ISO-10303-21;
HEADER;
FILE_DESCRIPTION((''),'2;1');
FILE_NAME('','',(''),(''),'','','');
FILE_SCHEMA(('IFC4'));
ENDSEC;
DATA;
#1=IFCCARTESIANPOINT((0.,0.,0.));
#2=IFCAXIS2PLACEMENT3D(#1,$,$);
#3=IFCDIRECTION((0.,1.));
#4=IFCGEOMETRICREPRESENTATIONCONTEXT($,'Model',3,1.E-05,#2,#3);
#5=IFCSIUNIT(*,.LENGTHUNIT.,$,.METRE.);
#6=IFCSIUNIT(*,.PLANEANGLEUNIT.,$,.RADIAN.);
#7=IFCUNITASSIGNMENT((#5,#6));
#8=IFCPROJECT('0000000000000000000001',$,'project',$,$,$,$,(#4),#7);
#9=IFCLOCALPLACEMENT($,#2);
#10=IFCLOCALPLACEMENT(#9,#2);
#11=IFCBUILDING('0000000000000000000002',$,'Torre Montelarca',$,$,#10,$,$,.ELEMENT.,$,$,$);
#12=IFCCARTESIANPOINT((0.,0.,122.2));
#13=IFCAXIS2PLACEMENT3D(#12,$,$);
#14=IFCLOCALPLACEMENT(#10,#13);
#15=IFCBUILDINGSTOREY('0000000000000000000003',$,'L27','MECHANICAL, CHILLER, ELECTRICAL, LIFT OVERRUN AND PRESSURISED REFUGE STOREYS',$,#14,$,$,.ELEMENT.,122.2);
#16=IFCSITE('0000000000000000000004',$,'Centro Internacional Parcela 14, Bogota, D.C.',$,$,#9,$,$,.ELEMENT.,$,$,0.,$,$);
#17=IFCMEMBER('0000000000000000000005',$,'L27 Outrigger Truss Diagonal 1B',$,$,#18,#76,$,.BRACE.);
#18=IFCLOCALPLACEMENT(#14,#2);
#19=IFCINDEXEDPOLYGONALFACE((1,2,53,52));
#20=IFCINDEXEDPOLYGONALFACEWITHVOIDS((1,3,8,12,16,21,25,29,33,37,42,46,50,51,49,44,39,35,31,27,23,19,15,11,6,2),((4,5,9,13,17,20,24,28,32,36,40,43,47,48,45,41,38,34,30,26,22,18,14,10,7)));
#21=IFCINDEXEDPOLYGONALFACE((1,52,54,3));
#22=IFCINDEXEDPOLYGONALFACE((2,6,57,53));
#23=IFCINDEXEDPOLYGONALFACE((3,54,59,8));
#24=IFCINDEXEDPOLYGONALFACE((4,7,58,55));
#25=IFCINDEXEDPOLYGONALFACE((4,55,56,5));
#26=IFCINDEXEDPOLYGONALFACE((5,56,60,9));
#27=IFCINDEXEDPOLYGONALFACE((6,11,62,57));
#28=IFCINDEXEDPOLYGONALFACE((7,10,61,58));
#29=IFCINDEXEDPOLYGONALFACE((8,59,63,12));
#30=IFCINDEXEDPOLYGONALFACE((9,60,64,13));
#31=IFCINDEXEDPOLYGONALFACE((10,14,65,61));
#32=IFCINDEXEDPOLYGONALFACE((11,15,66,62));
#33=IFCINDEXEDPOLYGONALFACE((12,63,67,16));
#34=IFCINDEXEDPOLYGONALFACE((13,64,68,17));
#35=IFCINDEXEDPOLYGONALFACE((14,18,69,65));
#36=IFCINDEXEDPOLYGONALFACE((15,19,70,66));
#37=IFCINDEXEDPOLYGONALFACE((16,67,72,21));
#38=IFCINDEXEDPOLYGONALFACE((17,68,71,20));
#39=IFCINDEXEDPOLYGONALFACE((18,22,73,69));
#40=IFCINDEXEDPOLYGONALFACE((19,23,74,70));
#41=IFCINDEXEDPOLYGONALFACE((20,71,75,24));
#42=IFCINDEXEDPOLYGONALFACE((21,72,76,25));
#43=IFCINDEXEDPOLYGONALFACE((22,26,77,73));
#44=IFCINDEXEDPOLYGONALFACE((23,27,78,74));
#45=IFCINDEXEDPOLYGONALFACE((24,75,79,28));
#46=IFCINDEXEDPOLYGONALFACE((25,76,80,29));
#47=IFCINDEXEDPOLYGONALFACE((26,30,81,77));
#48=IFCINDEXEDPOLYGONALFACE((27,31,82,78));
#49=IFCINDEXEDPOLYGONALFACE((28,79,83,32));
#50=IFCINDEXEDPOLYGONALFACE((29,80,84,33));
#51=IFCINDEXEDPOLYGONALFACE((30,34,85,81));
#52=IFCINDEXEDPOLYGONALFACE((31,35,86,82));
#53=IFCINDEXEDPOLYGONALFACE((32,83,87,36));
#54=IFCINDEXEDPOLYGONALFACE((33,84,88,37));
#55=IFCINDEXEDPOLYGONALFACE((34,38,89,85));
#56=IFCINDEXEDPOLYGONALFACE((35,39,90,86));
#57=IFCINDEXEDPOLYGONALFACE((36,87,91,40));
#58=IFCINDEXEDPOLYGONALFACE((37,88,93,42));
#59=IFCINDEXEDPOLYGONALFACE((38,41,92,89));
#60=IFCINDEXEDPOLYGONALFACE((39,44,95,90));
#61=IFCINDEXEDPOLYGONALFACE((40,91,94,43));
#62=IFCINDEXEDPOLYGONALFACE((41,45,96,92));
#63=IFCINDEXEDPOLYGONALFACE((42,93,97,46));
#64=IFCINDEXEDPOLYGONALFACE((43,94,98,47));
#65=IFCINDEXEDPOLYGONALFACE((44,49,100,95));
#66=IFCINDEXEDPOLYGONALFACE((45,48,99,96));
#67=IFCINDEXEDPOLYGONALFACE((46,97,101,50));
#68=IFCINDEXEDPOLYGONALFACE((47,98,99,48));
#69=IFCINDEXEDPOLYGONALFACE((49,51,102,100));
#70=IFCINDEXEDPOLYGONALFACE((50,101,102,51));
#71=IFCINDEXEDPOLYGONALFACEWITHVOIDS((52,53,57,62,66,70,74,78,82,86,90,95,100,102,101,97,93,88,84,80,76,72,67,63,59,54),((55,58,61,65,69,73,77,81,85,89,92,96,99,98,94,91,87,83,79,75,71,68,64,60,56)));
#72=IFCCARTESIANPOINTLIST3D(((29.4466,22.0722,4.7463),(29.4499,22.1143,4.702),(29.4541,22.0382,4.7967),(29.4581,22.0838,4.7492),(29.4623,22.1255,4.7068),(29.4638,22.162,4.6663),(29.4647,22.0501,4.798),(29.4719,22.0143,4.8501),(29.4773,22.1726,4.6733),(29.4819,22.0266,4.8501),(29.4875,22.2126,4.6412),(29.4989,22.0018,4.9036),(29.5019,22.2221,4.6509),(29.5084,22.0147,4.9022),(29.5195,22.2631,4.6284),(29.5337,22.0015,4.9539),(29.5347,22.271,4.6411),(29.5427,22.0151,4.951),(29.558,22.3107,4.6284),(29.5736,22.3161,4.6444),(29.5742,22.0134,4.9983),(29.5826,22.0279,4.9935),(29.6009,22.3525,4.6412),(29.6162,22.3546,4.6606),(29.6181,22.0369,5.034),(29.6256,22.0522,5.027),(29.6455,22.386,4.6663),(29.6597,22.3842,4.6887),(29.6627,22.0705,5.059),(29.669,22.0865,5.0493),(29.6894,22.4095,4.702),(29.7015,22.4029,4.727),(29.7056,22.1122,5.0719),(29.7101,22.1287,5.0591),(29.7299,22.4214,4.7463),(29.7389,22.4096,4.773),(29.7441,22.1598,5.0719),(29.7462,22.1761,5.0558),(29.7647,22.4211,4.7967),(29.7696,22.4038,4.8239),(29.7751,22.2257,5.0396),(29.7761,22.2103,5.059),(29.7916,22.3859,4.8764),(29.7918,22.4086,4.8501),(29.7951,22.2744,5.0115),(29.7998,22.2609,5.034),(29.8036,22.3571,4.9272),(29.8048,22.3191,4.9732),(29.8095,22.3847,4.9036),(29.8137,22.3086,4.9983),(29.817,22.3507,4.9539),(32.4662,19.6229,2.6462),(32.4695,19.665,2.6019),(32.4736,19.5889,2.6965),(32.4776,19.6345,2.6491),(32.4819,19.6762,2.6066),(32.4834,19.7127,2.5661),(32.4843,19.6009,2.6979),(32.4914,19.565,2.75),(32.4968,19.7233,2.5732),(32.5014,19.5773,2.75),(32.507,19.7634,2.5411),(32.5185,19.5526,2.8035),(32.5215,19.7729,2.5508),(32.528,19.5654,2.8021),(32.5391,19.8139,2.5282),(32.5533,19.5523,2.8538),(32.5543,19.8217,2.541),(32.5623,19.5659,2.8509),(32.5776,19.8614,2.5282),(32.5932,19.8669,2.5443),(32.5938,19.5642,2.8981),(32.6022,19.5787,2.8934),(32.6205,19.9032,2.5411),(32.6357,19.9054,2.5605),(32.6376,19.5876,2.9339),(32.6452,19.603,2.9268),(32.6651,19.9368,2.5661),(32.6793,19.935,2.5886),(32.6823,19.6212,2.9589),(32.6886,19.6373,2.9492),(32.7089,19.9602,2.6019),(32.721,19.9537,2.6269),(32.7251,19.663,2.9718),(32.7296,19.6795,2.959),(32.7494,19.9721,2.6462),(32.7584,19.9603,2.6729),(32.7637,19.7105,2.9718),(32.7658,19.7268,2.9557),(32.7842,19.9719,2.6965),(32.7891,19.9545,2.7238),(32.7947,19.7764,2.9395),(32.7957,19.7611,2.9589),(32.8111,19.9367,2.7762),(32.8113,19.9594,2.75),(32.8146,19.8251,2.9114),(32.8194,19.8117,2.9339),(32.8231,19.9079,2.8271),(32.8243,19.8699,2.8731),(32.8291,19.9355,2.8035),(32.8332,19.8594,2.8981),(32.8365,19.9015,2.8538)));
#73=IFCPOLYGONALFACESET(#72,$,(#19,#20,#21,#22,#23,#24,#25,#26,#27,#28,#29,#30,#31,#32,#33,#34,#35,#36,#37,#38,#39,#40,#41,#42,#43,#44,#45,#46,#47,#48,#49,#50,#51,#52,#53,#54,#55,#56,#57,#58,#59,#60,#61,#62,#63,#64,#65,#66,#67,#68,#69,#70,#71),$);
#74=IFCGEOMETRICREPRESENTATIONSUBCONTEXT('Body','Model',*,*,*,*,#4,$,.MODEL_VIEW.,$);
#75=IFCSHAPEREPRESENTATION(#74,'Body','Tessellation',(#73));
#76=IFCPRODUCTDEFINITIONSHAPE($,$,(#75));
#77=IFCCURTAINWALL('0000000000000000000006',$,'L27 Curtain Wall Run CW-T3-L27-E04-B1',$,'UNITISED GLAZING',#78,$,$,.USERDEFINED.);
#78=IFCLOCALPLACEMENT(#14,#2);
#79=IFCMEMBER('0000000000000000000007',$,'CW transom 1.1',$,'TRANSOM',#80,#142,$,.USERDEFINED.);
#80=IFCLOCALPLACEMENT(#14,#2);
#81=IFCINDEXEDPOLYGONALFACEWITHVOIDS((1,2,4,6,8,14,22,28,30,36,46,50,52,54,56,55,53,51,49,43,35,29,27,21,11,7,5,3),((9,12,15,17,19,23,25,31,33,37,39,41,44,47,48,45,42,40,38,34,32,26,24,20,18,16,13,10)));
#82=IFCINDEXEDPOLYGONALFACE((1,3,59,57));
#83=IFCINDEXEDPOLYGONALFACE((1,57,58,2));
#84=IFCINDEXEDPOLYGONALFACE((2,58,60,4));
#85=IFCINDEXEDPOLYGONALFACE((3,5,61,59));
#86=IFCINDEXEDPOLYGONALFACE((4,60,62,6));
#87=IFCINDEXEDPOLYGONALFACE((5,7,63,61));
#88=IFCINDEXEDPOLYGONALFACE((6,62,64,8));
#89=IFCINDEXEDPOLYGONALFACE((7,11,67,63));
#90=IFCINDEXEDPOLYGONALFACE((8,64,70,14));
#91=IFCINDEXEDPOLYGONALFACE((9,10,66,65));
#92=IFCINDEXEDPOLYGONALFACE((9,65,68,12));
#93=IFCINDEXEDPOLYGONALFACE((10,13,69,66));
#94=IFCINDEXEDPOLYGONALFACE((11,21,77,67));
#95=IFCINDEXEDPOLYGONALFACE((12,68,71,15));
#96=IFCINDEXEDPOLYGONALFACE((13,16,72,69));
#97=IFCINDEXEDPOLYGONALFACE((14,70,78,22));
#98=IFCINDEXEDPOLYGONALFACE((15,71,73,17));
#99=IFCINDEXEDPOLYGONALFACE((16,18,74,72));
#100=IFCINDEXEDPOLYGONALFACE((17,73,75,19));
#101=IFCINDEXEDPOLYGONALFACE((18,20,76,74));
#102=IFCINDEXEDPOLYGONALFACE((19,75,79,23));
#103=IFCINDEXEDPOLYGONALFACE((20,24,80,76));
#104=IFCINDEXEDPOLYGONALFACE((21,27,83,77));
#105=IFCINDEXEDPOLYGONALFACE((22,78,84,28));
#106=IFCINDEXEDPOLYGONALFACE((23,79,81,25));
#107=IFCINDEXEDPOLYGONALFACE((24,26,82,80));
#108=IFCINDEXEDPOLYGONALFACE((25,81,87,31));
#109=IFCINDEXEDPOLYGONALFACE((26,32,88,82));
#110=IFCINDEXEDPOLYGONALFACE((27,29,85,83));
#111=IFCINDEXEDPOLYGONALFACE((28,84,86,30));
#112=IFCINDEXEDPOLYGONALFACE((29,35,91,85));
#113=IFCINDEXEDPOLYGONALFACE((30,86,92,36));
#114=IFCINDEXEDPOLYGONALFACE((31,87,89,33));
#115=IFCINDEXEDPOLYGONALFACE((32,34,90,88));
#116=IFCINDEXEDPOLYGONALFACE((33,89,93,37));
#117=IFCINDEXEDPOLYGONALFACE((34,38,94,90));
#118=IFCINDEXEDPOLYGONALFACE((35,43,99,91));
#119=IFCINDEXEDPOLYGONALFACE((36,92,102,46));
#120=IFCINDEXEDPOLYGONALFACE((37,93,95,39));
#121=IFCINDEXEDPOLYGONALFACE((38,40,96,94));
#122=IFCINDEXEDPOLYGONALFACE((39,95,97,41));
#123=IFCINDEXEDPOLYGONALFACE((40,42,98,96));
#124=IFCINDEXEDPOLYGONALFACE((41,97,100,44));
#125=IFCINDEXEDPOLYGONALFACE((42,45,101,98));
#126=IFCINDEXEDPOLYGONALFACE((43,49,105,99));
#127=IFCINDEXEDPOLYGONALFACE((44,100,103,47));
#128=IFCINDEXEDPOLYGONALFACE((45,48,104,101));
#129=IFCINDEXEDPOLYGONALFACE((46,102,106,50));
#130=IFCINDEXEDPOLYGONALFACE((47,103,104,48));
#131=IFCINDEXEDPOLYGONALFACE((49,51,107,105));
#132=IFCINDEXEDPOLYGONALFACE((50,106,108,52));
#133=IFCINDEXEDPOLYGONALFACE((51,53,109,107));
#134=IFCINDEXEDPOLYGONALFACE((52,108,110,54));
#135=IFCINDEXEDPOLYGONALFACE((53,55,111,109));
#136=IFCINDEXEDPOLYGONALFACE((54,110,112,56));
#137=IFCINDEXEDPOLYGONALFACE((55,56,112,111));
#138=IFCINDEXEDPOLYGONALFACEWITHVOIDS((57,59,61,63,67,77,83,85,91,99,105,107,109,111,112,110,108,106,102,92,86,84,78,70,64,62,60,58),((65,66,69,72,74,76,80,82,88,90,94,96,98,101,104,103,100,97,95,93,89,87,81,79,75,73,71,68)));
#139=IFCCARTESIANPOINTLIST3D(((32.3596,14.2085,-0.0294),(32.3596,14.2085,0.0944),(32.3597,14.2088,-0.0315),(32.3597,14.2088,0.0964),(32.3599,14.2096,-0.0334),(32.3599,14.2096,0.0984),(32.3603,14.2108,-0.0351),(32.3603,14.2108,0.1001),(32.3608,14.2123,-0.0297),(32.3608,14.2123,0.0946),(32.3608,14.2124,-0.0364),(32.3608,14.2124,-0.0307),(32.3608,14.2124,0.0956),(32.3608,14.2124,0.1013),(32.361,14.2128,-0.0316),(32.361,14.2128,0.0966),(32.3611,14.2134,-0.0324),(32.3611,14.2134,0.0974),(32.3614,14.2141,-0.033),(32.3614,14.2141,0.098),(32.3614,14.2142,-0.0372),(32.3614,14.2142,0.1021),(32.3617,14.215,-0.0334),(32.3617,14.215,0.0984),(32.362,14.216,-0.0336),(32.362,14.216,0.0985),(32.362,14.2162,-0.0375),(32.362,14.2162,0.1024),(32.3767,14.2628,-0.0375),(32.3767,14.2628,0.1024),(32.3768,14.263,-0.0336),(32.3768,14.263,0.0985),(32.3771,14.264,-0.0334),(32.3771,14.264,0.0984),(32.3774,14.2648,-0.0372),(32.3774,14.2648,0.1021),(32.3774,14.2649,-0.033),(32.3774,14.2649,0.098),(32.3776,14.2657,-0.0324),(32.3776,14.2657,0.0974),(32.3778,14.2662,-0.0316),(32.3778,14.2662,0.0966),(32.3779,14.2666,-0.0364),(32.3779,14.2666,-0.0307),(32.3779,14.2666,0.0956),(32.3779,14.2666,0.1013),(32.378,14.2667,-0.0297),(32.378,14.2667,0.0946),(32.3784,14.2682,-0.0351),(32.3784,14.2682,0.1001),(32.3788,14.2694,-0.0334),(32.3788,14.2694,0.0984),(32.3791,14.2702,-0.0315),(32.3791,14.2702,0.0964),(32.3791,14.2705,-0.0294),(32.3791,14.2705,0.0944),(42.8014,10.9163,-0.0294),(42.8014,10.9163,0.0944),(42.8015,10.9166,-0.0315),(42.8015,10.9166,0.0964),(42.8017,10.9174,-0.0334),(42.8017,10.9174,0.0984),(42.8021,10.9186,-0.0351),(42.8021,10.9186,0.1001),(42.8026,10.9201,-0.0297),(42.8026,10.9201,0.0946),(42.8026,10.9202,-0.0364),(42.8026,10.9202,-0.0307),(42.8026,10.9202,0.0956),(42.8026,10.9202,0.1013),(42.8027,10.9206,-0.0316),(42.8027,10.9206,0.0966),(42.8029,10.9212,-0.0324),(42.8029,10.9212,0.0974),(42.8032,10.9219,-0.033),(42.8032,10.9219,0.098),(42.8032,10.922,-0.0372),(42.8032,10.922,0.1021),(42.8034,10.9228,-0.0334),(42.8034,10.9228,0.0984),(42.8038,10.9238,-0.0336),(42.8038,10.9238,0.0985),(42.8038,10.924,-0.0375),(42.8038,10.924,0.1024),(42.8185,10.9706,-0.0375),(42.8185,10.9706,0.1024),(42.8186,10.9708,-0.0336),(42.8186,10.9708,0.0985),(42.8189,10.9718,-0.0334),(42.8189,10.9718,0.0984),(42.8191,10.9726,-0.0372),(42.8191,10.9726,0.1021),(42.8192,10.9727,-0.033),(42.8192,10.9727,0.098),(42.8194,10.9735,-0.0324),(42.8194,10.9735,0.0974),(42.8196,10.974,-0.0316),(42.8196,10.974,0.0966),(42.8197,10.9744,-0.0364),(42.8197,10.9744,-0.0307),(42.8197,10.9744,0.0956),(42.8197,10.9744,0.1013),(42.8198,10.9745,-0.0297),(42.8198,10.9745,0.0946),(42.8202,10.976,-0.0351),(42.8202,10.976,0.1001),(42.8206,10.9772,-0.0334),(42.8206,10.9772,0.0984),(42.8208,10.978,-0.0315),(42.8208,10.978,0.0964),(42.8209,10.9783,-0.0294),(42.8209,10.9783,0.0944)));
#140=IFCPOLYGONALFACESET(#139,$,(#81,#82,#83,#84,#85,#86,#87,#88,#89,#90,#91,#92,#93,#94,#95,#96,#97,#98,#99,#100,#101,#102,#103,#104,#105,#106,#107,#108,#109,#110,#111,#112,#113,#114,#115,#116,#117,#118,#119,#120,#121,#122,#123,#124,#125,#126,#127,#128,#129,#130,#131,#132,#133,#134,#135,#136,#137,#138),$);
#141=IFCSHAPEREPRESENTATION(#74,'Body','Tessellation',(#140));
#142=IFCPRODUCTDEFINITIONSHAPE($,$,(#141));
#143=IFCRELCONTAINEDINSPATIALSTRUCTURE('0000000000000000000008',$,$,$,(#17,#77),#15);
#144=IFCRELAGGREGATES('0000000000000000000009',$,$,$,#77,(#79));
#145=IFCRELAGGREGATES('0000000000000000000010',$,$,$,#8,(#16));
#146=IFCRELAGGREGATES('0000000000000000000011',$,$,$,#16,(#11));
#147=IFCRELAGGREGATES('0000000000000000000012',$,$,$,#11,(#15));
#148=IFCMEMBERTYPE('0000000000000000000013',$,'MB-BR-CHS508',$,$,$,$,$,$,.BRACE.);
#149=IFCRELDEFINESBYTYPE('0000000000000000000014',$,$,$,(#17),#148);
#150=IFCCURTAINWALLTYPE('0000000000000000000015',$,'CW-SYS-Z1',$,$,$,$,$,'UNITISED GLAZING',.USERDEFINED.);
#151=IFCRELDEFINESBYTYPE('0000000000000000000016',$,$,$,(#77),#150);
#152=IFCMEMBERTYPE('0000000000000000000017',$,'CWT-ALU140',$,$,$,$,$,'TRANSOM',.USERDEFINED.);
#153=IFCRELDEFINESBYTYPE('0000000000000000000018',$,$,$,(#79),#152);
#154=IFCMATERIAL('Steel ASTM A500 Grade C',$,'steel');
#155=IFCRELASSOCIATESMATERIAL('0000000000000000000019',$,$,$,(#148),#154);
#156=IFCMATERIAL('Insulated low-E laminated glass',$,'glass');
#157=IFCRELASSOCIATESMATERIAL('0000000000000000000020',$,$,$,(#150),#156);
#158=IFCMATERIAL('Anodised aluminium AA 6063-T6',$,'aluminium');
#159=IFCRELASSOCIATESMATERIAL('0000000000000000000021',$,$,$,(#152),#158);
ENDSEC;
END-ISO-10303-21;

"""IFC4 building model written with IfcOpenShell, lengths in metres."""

from ifc_helpers import new_model, si_unit, direction, frame, origin, origin_2d, place, context, subcontext, project, spatial, hollow_rectangle, hollow_circle, extrude, source, transform, mapped, material, material_profile, profile_set, type_object, element, aggregate, save


model = new_model("IFC4")

# Units and contexts
model_context = context("Model", 3, precision=1e-05, world=origin(), true_north=direction((0.0, 1.0)))
body_context = subcontext(model_context, "Body", "Model", "MODEL_VIEW")
ifc_project = project(units=[si_unit("LENGTHUNIT", "METRE"), si_unit("PLANEANGLEUNIT", "RADIAN")], contexts=[model_context])

# Site, building, storey
site_placement = place(None, origin())
site = spatial("IfcSite", under=ifc_project, at=site_placement, Name="Centro Internacional Parcela 14, Bogota, D.C.", CompositionType="ELEMENT", RefElevation=0.0)
building_placement = place(site_placement, origin())
building = spatial("IfcBuilding", under=site, at=building_placement, Name="Torre Montelarca", CompositionType="ELEMENT")
storey_placement = place(building_placement, frame((0.0, 0.0, 122.2)))
storey = spatial("IfcBuildingStorey", under=building, at=storey_placement, Name="L27", Description="MECHANICAL, CHILLER, ELECTRICAL, LIFT OVERRUN AND PRESSURISED REFUGE STOREYS", CompositionType="ELEMENT", Elevation=122.2)

# Member
ifc_material_1 = material(Name="Steel ASTM A500 Grade C", Category="steel")
ifc_material_profile_1 = material_profile(ifc_material_1, hollow_circle(Radius=0.2539, WallThickness=0.0159, at=origin_2d()), Name="HSS508.0X15.9", Category="steel")
ifc_profile_set_1 = profile_set([ifc_material_profile_1], Name="Steel ASTM A500 Grade C")
member_type_1 = type_object("IfcMemberType", Name="MB-BR-CHS508", PredefinedType="BRACE", material=ifc_profile_set_1)
shared_shape_1 = source(origin(), body_context, "Body", "SweptSolid", [
    extrude(hollow_circle(Radius=0.2539, WallThickness=0.0159, at=origin_2d()), origin(), (0.0, 0.0, 1.0), 4.4189),
])
member_1_placement = place(storey_placement, frame((32.6514, 19.7622, 2.75), z_axis=(-0.683322, 0.55426, 0.475254), x_axis=(-0.629949, -0.776636, 0.0)))
element("IfcMember", 1, at=member_1_placement, inside=storey, type_object=member_type_1, Name="L27 Outrigger Truss Diagonal 1B", PredefinedType="BRACE", context=body_context, shape_type="MappedRepresentation", body=[
    mapped(shared_shape_1, transform((0.0, 0.0, 0.0), scale=1.0)),
])

# Curtain wall, member
ifc_material_2 = material(Name="Insulated low-E laminated glass", Category="glass")
curtain_wall_type = type_object("IfcCurtainWallType", Name="CW-SYS-Z1", ElementType="UNITISED GLAZING", PredefinedType="USERDEFINED", material=ifc_material_2)
curtain_wall_1_placement = place(storey_placement, origin())
curtain_wall_1 = element("IfcCurtainWall", 2, at=curtain_wall_1_placement, inside=storey, type_object=curtain_wall_type, Name="L27 Curtain Wall Run CW-T3-L27-E04-B1", ObjectType="UNITISED GLAZING", PredefinedType="USERDEFINED")
ifc_material_3 = material(Name="Anodised aluminium AA 6063-T6", Category="aluminium")
ifc_material_profile_2 = material_profile(ifc_material_3, hollow_rectangle(XDim=0.0649, YDim=0.1399, WallThickness=0.0039, InnerFilletRadius=0.0039, OuterFilletRadius=0.0081, at=origin_2d()), Name="ALU65X140X4", Category="aluminium")
ifc_profile_set_2 = profile_set([ifc_material_profile_2], Name="Anodised aluminium AA 6063-T6")
member_type_2 = type_object("IfcMemberType", Name="CWT-ALU140", ElementType="TRANSOM", PredefinedType="USERDEFINED", material=ifc_profile_set_2)
shared_shape_2 = source(origin(), body_context, "Body", "SweptSolid", [
    extrude(hollow_rectangle(XDim=0.0649, YDim=0.1399, WallThickness=0.0039, InnerFilletRadius=0.0039, OuterFilletRadius=0.0081, at=origin_2d()), origin(), (0.0, 0.0, 1.0), 10.9485),
])
member_2_placement = place(storey_placement, frame((32.3694, 14.2395, 0.0325), z_axis=(0.953719, -0.300699, 0.0), x_axis=(0.300699, 0.953719, 0.0)))
member_2 = element("IfcMember", 3, at=member_2_placement, type_object=member_type_2, Name="CW transom 1.1", ObjectType="TRANSOM", PredefinedType="USERDEFINED", context=body_context, shape_type="MappedRepresentation", body=[
    mapped(shared_shape_2, transform((0.0, 0.0, 0.0), scale=1.0)),
])

aggregate(curtain_wall_1, [member_2])

save(model, "model.ifc")
